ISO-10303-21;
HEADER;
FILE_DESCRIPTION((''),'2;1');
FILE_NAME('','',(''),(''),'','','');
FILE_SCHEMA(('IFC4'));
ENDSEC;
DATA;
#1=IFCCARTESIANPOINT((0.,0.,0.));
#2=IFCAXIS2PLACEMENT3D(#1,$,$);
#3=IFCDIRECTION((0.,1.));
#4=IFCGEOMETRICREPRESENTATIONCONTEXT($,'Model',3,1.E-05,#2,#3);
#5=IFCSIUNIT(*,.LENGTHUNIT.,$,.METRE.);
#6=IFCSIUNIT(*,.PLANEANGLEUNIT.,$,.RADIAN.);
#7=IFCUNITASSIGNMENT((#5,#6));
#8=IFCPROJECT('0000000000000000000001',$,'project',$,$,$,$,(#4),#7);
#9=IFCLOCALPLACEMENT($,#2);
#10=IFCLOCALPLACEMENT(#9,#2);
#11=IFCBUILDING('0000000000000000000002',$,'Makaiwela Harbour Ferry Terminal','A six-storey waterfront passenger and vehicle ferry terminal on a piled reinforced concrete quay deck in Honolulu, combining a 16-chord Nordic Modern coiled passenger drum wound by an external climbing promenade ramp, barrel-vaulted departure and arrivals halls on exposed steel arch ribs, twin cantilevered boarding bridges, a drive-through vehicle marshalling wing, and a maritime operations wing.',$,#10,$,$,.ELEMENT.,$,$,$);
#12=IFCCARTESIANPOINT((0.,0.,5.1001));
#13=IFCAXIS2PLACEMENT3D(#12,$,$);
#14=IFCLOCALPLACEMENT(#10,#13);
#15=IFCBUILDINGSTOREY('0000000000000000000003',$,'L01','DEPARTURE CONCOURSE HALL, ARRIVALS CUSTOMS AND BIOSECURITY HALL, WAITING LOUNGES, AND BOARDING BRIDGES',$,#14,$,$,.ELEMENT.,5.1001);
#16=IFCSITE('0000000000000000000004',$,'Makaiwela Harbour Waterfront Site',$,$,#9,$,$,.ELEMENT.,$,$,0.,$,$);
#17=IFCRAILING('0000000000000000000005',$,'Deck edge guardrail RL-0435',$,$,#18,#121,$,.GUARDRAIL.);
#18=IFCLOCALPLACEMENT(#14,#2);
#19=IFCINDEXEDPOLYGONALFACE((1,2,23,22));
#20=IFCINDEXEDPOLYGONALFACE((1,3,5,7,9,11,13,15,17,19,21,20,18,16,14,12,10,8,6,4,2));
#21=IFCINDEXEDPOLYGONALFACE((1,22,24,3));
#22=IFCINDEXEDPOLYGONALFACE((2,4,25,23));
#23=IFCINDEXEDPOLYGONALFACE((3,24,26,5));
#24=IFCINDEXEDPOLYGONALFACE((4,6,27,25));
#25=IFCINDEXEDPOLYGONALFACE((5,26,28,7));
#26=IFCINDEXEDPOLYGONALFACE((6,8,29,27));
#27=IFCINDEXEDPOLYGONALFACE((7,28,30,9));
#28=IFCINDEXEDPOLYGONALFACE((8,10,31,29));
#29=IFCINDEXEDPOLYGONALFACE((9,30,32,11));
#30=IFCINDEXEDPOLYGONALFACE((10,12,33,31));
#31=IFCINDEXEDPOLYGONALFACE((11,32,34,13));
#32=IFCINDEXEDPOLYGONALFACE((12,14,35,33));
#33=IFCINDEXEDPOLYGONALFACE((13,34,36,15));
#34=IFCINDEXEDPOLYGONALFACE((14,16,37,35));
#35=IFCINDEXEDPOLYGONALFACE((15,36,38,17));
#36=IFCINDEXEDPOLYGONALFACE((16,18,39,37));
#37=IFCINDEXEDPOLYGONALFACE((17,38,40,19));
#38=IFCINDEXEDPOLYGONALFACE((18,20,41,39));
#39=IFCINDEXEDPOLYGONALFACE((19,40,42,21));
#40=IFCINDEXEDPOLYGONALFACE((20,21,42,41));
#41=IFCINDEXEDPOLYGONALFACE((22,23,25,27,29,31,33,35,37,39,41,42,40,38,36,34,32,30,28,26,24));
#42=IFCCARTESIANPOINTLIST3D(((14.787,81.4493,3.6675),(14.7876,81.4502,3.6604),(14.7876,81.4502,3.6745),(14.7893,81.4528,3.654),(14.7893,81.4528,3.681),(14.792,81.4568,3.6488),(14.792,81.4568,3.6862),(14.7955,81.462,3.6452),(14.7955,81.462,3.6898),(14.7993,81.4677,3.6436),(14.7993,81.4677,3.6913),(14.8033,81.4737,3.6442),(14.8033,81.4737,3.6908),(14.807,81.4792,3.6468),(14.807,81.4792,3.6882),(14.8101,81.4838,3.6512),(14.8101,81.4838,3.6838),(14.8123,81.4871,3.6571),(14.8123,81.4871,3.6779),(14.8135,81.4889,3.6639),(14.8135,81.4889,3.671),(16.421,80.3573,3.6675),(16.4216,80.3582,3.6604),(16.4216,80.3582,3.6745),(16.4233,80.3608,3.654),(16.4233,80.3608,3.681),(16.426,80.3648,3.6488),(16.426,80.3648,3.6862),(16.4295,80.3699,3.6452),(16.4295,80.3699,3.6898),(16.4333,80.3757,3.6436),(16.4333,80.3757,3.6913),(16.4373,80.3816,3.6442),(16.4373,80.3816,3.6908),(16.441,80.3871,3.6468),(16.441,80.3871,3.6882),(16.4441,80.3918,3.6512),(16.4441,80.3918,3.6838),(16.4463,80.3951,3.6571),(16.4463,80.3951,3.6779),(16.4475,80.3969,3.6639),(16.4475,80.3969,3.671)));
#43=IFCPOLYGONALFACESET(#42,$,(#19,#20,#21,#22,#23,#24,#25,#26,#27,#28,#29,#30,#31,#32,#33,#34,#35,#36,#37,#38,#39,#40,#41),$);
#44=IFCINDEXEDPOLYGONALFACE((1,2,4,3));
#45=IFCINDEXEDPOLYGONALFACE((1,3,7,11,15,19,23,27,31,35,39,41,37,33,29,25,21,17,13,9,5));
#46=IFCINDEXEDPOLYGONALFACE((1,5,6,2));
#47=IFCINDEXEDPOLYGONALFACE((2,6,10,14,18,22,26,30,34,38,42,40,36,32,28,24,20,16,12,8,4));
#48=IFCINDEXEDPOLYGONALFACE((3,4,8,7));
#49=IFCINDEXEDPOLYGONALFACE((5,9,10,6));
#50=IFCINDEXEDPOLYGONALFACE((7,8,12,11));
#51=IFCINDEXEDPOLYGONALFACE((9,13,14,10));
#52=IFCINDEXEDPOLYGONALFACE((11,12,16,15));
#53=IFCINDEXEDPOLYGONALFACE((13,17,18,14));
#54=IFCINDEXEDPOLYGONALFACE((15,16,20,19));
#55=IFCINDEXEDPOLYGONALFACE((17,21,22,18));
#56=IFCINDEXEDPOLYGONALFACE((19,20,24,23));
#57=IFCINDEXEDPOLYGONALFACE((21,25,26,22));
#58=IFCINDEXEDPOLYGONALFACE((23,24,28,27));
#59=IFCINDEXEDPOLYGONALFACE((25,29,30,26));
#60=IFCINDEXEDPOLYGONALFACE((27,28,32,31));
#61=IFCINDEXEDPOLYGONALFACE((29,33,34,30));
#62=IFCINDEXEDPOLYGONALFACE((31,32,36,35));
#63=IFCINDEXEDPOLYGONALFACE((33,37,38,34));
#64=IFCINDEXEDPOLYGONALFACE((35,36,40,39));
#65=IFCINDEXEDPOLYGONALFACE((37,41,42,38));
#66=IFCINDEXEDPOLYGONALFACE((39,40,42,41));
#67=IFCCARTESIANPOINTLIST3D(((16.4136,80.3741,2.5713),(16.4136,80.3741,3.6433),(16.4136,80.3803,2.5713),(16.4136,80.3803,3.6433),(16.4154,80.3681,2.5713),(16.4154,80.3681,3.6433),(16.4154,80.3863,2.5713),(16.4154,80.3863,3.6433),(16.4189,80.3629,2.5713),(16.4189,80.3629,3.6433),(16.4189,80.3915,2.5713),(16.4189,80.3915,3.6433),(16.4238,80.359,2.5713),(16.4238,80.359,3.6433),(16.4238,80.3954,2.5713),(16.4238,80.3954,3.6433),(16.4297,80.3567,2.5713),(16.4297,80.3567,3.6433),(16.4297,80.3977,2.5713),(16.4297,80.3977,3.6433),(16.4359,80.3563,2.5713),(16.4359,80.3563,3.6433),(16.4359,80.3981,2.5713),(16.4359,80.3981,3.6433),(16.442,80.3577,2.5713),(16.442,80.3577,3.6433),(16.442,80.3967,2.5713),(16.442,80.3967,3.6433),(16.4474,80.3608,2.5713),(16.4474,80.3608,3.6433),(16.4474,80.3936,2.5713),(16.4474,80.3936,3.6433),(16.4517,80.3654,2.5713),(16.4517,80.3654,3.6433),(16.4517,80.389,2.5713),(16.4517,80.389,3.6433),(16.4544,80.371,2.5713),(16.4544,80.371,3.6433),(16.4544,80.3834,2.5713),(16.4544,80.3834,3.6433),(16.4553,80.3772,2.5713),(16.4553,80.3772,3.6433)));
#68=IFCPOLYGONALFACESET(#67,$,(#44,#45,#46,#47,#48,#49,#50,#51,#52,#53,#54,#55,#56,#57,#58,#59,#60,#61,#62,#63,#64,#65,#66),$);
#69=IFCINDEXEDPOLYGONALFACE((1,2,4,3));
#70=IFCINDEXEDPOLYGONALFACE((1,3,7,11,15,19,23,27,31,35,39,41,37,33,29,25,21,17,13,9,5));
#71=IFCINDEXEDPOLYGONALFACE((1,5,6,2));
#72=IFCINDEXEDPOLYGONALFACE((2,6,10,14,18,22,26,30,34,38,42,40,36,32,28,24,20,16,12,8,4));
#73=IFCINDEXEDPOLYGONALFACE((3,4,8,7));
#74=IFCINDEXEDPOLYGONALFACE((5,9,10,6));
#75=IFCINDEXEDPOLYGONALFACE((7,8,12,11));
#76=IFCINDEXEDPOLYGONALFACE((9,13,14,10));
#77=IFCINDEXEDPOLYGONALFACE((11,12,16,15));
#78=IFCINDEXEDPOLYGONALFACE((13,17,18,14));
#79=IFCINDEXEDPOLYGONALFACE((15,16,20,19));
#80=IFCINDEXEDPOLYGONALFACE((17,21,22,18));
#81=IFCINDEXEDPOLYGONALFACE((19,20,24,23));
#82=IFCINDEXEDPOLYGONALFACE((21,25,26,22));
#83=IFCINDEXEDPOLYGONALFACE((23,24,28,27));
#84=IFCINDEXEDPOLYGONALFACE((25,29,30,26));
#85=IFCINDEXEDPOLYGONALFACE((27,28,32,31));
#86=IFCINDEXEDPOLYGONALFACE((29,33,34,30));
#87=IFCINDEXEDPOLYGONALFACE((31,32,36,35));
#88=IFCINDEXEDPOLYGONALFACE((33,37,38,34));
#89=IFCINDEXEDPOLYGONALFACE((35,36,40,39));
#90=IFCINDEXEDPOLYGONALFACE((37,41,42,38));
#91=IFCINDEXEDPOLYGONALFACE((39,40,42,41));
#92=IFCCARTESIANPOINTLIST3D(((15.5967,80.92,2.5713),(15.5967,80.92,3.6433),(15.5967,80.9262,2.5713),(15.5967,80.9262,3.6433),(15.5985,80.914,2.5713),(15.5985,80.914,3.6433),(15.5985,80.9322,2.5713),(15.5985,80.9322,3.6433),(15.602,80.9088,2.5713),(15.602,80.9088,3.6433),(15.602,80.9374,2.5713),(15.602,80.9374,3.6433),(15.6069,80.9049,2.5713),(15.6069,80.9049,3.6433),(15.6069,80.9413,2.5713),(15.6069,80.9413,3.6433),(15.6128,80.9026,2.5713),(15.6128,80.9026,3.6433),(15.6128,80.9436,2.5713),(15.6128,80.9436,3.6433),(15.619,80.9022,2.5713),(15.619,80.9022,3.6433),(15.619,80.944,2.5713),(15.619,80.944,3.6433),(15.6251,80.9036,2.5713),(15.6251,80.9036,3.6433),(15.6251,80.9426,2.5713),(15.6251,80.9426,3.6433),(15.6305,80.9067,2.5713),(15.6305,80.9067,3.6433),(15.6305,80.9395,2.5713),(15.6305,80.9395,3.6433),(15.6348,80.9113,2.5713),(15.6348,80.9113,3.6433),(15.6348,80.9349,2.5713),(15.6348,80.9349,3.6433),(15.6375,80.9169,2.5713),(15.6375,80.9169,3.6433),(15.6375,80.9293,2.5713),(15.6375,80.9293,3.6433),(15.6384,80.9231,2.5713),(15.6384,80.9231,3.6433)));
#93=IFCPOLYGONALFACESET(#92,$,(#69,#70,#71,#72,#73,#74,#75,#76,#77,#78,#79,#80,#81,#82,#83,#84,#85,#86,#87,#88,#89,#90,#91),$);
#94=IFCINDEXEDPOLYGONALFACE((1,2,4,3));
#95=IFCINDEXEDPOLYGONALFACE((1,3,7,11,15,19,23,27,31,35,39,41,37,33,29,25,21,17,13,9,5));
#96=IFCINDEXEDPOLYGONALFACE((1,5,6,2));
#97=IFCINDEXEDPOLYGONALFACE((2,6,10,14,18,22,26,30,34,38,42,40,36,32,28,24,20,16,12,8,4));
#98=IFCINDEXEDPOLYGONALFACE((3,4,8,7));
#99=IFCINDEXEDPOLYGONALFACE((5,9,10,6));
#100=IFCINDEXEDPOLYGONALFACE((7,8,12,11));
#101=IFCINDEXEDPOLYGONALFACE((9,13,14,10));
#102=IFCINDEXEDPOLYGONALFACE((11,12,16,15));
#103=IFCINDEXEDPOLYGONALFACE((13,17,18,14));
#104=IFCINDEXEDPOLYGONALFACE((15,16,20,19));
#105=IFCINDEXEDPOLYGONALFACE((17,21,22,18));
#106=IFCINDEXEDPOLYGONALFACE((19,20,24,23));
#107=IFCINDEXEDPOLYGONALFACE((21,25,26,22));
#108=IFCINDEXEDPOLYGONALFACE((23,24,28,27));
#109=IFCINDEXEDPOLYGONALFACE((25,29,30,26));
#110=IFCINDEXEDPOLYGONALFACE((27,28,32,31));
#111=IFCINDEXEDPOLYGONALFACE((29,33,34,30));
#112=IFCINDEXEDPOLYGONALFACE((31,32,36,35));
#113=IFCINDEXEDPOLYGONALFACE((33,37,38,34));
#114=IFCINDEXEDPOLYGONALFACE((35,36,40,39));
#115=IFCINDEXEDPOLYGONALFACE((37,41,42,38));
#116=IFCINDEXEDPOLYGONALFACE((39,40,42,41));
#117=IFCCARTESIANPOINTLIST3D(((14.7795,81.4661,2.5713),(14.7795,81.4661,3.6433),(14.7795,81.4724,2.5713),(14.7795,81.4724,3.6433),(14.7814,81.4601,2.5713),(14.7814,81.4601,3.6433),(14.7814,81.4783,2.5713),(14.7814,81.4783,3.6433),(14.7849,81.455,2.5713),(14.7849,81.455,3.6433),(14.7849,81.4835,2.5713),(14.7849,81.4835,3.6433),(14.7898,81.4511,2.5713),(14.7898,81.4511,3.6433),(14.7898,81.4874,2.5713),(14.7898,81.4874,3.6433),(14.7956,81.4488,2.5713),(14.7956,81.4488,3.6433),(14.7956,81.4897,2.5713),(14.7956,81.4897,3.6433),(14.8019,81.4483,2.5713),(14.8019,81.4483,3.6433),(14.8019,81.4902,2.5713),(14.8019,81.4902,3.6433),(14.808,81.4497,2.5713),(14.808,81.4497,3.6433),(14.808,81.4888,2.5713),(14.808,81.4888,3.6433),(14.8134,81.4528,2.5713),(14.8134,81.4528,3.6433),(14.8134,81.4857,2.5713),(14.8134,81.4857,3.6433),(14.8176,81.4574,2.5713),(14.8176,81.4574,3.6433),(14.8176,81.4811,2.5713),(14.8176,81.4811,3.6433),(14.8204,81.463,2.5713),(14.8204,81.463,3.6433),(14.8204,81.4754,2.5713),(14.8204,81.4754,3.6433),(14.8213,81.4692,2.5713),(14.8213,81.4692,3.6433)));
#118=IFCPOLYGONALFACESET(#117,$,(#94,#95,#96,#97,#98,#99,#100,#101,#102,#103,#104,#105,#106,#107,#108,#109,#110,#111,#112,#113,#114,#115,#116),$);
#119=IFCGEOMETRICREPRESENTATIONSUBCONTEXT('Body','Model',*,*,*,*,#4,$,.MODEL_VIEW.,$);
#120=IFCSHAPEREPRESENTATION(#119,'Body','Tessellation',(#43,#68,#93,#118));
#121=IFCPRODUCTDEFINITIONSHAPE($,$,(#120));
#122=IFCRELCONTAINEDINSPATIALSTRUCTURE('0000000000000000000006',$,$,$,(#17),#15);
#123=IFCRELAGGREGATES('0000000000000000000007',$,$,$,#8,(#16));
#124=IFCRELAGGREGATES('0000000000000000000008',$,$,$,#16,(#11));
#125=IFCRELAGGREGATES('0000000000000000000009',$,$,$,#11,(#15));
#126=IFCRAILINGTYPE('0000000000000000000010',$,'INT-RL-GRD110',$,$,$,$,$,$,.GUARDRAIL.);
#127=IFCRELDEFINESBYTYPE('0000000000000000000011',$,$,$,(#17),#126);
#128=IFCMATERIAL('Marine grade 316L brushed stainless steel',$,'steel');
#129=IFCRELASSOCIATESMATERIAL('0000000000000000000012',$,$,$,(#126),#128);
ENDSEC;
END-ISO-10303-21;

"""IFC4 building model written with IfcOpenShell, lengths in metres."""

from ifc_helpers import new_model, si_unit, direction, frame, origin, origin_2d, place, context, subcontext, project, spatial, circle, extrude, material, type_object, element, save


model = new_model("IFC4")

# Units and contexts
model_context = context("Model", 3, precision=1e-05, world=origin(), true_north=direction((0.0, 1.0)))
body_context = subcontext(model_context, "Body", "Model", "MODEL_VIEW")
ifc_project = project(units=[si_unit("LENGTHUNIT", "METRE"), si_unit("PLANEANGLEUNIT", "RADIAN")], contexts=[model_context])

# Site, building, storey
site_placement = place(None, origin())
site = spatial("IfcSite", under=ifc_project, at=site_placement, Name="Makaiwela Harbour Waterfront Site", CompositionType="ELEMENT", RefElevation=0.0)
building_placement = place(site_placement, origin())
building = spatial("IfcBuilding", under=site, at=building_placement, Name="Makaiwela Harbour Ferry Terminal", Description="A six-storey waterfront passenger and vehicle ferry terminal on a piled reinforced concrete quay deck in Honolulu, combining a 16-chord Nordic Modern coiled passenger drum wound by an external climbing promenade ramp, barrel-vaulted departure and arrivals halls on exposed steel arch ribs, twin cantilevered boarding bridges, a drive-through vehicle marshalling wing, and a maritime operations wing.", CompositionType="ELEMENT")
storey_placement = place(building_placement, frame((0.0, 0.0, 5.1001)))
storey = spatial("IfcBuildingStorey", under=building, at=storey_placement, Name="L01", Description="DEPARTURE CONCOURSE HALL, ARRIVALS CUSTOMS AND BIOSECURITY HALL, WAITING LOUNGES, AND BOARDING BRIDGES", CompositionType="ELEMENT", Elevation=5.1001)

# Railing
ifc_material_1 = material(Name="Marine grade 316L brushed stainless steel", Category="steel")
railing_type_1 = type_object("IfcRailingType", Name="INT-RL-GRD110", PredefinedType="GUARDRAIL", material=ifc_material_1)
railing_1_placement = place(storey_placement, frame((16.4343, 80.3772, 2.5713)))
element("IfcRailing", 1, at=railing_1_placement, inside=storey, type_object=railing_type_1, Name="Deck edge guardrail RL-0435", PredefinedType="GUARDRAIL", context=body_context, shape_type="SweptSolid", body=[
    extrude(circle(Radius=0.0239, at=origin_2d()), frame((0.0, 0.0, 1.0962), z_axis=(-0.831419, 0.555646, 0.0), x_axis=(-0.555646, -0.831419, 0.0)), (0.0, 0.0, 1.0), 1.9653),
    extrude(circle(Radius=0.021, at=origin_2d()), origin(), (0.0, 0.0, 1.0), 1.072),
    extrude(circle(Radius=0.021, at=origin_2d()), frame((-0.8169, 0.5459, 0.0)), (0.0, 0.0, 1.0), 1.072),
    extrude(circle(Radius=0.021, at=origin_2d()), frame((-1.634, 1.092, 0.0)), (0.0, 0.0, 1.0), 1.072),
])

save(model, "model.ifc")
